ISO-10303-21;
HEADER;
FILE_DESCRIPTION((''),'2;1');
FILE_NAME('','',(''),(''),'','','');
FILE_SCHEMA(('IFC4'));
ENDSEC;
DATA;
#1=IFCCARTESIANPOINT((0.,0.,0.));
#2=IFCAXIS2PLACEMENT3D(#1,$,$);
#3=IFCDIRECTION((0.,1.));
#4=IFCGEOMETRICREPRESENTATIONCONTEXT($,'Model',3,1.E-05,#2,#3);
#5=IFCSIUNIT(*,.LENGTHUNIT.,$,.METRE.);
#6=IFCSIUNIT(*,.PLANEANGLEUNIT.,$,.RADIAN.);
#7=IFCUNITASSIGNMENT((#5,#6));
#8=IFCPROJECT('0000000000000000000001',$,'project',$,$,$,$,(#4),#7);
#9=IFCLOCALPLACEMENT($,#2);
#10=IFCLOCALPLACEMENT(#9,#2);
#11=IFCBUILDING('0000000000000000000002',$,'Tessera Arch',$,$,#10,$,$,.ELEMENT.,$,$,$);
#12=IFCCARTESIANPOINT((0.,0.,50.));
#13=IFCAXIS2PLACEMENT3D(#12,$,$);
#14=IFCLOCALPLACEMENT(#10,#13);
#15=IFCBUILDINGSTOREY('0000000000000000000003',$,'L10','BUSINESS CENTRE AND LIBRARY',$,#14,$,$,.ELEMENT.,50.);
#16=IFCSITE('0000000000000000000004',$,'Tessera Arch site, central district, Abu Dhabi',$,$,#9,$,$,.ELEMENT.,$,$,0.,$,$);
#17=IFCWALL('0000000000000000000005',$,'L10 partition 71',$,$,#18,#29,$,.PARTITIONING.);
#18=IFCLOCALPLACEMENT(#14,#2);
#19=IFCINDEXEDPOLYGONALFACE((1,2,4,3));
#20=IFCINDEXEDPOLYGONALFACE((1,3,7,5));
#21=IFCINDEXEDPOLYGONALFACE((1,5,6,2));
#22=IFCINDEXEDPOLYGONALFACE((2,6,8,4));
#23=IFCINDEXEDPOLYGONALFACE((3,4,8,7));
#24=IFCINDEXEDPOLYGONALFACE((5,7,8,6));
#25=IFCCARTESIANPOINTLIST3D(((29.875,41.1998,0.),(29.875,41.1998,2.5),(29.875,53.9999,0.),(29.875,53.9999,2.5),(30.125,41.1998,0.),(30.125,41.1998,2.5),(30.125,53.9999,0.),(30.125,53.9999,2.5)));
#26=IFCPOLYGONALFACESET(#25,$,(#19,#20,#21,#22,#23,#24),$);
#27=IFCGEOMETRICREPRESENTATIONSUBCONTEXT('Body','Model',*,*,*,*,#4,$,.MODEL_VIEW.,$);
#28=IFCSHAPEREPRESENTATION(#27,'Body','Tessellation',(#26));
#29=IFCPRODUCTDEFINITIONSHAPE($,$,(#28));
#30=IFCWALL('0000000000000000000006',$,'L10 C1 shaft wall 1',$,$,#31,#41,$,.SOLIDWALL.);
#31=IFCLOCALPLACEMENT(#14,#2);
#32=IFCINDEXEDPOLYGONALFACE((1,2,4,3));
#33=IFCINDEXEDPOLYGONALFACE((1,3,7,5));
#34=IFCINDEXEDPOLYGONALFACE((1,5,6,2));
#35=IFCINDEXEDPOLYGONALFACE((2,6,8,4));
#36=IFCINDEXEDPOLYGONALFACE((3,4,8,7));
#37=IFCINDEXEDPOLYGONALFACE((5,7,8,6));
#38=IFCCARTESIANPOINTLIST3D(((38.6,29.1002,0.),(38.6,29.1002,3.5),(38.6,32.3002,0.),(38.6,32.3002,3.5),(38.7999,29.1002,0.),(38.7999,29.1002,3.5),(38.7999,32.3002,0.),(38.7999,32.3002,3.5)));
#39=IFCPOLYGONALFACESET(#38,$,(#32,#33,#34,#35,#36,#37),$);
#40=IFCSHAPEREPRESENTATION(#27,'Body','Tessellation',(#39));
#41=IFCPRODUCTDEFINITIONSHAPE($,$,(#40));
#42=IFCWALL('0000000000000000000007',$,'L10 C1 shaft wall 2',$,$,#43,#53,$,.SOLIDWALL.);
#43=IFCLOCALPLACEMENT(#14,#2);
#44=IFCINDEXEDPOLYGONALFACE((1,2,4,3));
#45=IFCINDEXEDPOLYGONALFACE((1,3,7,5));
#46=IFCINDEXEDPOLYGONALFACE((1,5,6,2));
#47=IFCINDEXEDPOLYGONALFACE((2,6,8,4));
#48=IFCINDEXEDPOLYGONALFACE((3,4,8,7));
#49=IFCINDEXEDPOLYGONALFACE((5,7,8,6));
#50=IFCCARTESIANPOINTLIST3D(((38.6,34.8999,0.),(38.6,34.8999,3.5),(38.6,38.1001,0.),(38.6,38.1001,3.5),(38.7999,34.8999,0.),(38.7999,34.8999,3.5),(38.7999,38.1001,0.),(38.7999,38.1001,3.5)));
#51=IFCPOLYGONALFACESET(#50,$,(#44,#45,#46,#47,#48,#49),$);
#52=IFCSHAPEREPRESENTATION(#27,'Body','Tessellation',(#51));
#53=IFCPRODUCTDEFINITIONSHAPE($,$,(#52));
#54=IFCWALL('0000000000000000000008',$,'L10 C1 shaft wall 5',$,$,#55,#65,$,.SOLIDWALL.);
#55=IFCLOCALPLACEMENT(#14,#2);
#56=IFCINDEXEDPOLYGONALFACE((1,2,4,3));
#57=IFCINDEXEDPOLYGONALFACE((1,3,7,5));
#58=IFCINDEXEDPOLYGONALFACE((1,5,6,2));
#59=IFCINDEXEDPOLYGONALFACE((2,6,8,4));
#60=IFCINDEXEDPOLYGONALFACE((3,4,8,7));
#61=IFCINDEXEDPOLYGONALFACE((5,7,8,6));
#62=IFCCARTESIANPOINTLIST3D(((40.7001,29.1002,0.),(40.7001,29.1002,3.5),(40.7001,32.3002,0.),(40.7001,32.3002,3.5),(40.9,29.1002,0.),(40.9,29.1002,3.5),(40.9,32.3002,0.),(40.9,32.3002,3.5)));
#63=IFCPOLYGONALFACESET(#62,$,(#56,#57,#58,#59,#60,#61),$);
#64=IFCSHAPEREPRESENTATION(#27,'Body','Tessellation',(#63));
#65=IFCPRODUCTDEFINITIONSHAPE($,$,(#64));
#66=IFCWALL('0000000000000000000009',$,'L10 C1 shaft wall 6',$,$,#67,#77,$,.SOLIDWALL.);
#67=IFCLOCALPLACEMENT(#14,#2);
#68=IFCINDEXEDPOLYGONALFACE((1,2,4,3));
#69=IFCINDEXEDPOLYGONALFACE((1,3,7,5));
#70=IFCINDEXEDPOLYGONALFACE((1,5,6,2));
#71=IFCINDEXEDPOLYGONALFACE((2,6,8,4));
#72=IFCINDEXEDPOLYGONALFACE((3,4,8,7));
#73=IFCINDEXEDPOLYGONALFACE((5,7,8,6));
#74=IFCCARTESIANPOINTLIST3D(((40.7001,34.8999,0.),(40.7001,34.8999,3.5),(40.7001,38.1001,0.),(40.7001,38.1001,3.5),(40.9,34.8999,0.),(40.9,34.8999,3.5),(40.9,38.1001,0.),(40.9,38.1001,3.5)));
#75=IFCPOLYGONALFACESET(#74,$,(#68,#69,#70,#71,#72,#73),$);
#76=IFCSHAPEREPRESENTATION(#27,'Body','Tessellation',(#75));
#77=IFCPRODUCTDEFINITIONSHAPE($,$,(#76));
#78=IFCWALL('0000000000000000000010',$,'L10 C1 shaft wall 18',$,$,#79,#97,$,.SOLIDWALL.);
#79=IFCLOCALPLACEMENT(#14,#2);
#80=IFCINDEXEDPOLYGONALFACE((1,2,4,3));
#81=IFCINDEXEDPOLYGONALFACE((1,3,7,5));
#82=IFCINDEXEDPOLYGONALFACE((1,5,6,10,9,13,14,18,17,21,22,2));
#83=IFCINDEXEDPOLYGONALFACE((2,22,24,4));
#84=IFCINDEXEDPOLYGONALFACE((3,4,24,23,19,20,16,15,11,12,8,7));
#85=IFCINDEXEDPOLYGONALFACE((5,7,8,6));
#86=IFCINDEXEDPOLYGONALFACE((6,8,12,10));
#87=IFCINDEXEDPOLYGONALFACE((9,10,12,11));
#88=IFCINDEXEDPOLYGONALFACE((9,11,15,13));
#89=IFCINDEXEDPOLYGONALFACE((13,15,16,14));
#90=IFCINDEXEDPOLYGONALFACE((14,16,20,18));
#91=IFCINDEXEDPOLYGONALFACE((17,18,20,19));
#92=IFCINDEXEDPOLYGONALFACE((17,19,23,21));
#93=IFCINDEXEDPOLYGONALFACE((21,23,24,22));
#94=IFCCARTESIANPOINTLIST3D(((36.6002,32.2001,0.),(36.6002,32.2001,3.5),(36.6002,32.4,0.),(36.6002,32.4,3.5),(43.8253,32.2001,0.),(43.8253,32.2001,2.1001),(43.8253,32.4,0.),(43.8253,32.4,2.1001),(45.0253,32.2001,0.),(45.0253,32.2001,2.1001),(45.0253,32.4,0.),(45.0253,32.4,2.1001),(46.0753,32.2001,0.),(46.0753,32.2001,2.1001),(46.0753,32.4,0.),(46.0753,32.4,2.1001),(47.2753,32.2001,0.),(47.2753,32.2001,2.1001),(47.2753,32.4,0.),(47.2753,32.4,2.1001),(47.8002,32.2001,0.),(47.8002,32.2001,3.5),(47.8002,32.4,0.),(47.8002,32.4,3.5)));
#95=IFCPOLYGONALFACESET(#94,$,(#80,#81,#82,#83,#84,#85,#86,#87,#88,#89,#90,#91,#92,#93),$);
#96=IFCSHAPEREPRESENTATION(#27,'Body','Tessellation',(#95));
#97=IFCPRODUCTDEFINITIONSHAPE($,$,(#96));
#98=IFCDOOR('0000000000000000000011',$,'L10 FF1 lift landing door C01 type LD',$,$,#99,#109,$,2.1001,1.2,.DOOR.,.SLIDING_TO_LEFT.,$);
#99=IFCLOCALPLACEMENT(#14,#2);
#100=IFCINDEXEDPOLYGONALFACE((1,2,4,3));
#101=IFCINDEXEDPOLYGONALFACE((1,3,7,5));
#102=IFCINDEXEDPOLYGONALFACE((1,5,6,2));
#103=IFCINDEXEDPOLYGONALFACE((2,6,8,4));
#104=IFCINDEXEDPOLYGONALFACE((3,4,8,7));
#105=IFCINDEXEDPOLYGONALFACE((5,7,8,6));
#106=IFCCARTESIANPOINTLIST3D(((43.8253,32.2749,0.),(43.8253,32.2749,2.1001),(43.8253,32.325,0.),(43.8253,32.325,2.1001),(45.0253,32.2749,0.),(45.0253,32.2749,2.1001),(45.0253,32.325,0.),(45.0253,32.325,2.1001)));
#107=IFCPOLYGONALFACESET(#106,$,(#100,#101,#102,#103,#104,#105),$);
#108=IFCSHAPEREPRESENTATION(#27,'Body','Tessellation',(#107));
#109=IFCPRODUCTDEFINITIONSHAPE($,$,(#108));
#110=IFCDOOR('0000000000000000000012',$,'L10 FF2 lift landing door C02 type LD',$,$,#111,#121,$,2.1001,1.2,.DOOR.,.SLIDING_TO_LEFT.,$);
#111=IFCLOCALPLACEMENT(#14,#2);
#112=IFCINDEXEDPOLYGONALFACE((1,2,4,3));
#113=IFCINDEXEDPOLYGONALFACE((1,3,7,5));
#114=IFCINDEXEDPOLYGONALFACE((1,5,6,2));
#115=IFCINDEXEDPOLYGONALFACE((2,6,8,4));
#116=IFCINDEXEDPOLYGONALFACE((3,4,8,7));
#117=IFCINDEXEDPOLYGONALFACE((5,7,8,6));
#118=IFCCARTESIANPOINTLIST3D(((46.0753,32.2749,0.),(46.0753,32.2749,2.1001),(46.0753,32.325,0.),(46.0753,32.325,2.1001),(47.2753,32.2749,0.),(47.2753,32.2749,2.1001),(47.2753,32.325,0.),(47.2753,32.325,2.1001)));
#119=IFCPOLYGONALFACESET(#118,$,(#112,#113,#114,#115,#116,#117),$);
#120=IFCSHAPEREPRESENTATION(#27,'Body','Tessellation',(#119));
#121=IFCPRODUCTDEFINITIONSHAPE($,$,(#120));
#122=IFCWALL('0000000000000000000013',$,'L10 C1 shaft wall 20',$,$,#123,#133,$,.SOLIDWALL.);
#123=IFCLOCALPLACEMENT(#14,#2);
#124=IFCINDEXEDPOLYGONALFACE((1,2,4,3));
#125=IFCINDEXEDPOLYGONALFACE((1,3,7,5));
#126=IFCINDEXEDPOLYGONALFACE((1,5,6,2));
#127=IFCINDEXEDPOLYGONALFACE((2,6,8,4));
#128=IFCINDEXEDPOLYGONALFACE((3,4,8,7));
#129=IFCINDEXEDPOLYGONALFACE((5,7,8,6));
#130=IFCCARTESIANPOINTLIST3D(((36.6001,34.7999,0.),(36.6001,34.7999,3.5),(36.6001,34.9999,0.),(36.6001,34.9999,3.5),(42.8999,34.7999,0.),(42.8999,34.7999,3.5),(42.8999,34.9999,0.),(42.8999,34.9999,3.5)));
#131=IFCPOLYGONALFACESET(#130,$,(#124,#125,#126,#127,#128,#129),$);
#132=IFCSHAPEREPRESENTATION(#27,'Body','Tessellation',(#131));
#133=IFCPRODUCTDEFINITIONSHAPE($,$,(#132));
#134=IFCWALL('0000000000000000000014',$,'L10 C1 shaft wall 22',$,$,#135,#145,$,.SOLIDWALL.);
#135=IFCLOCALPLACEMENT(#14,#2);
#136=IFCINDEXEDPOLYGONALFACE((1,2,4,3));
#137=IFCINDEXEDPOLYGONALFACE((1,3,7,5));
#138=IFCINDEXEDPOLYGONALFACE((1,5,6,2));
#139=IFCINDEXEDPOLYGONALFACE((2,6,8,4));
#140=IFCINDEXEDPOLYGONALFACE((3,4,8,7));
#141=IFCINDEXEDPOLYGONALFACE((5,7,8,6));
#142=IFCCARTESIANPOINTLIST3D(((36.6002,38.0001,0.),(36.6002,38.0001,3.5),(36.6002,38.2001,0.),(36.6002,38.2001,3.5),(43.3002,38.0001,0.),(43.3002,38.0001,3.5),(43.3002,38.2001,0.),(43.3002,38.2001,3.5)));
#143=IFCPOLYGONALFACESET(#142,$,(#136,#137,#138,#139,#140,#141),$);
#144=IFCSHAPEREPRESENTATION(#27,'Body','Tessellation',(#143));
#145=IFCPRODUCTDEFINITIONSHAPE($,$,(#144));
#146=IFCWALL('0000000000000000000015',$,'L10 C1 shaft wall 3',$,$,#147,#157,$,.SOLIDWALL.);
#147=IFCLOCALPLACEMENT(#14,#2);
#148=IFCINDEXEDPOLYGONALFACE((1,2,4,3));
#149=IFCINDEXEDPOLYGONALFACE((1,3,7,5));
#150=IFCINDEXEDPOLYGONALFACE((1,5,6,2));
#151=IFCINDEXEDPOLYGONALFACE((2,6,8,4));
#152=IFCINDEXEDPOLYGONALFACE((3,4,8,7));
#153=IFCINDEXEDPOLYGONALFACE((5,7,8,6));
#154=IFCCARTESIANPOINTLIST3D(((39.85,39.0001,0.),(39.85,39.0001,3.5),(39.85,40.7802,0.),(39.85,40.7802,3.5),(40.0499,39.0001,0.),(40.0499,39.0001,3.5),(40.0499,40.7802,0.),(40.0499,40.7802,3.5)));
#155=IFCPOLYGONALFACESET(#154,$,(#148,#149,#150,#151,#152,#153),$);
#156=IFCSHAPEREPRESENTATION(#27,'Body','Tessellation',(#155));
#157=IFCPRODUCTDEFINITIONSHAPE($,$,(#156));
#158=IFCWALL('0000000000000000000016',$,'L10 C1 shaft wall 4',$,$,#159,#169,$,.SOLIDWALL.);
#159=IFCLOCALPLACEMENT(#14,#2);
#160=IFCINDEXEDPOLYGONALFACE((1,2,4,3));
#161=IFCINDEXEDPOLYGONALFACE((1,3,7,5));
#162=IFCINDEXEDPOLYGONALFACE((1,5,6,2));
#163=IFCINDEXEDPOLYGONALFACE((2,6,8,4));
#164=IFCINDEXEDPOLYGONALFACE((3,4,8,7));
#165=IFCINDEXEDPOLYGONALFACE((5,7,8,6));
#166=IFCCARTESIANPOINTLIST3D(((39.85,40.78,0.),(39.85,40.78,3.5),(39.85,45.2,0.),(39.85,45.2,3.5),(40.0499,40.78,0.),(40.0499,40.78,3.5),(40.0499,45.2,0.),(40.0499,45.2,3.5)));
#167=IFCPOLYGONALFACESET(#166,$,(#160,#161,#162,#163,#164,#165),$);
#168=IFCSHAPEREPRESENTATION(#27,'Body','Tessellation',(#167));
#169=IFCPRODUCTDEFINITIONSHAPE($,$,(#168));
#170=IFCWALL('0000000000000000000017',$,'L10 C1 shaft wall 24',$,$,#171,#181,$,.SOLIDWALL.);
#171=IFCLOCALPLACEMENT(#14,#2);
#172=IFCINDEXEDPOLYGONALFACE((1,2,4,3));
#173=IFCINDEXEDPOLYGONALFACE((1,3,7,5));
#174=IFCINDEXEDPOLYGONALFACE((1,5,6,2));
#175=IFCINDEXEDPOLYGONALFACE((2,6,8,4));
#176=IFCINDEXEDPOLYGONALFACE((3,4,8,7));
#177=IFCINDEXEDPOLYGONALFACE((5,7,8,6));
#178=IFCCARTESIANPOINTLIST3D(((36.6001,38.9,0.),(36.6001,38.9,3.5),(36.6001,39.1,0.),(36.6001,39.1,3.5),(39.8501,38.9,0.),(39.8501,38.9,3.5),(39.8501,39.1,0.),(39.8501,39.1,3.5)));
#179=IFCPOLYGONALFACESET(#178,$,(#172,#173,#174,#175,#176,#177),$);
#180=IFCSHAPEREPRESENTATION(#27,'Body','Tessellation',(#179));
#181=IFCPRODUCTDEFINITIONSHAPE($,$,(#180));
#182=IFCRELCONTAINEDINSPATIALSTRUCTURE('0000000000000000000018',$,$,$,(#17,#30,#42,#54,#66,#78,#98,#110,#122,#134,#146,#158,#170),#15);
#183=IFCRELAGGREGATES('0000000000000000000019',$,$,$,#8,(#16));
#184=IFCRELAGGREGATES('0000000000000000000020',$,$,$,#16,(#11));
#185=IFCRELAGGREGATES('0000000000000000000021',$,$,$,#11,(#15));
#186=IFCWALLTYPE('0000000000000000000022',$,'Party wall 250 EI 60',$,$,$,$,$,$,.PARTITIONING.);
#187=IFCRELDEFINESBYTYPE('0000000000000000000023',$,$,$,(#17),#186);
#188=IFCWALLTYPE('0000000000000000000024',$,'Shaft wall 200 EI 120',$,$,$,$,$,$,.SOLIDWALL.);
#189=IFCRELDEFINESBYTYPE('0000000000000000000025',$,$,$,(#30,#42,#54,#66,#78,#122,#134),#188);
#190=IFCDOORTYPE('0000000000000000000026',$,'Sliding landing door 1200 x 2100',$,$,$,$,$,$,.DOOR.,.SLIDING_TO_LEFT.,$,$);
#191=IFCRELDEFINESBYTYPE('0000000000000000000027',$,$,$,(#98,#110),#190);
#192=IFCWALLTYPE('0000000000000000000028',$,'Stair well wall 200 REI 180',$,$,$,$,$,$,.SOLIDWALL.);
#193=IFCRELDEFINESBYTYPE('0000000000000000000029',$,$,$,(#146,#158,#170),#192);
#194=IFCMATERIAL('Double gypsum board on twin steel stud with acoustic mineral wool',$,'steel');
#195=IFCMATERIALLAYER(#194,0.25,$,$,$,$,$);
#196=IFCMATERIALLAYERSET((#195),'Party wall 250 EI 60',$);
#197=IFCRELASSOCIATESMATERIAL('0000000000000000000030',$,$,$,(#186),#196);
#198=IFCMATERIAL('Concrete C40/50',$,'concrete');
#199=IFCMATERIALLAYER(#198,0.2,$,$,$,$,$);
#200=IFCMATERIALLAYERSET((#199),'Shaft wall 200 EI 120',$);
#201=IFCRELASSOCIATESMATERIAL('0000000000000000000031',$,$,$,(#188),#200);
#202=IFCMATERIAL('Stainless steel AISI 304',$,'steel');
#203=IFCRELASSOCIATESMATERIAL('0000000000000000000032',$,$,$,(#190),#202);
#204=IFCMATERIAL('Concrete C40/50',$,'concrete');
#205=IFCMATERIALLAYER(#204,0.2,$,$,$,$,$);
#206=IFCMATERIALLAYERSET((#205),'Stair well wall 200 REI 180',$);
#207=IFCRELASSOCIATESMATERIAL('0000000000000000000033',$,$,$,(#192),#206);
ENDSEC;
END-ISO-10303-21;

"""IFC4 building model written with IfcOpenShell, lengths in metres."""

from ifc_helpers import new_model, si_unit, direction, frame, frame_2d, origin, place, context, subcontext, project, spatial, rectangle, extrude, material, layer, layer_set, type_object, element, fill, save


model = new_model("IFC4")

# Units and contexts
model_context = context("Model", 3, precision=1e-05, world=origin(), true_north=direction((0.0, 1.0)))
body_context = subcontext(model_context, "Body", "Model", "MODEL_VIEW")
ifc_project = project(units=[si_unit("LENGTHUNIT", "METRE"), si_unit("PLANEANGLEUNIT", "RADIAN")], contexts=[model_context])

# Site, building, storey
site_placement = place(None, origin())
site = spatial("IfcSite", under=ifc_project, at=site_placement, Name="Tessera Arch site, central district, Abu Dhabi", CompositionType="ELEMENT", RefElevation=0.0)
building_placement = place(site_placement, origin())
building = spatial("IfcBuilding", under=site, at=building_placement, Name="Tessera Arch", CompositionType="ELEMENT")
storey_placement = place(building_placement, frame((0.0, 0.0, 50.0)))
storey = spatial("IfcBuildingStorey", under=building, at=storey_placement, Name="L10", Description="BUSINESS CENTRE AND LIBRARY", CompositionType="ELEMENT", Elevation=50.0)

# Walls
ifc_material_1 = material(Name="Double gypsum board on twin steel stud with acoustic mineral wool", Category="steel")
ifc_layer_1 = layer(ifc_material_1, 0.25)
ifc_layer_set_1 = layer_set([ifc_layer_1], Name="Party wall 250 EI 60")
wall_type_1 = type_object("IfcWallType", Name="Party wall 250 EI 60", PredefinedType="PARTITIONING", material=ifc_layer_set_1)
wall_1_placement = place(storey_placement, frame((30.0, 41.2, 0.0), z_axis=(0.0, 0.0, 1.0), x_axis=(0.0, 1.0, 0.0)))
element("IfcWall", 1, at=wall_1_placement, inside=storey, type_object=wall_type_1, Name="L10 partition 71", PredefinedType="PARTITIONING", context=body_context, shape_type="SweptSolid", body=[
    extrude(rectangle(XDim=12.8, YDim=0.25, at=frame_2d((6.3999, 0.0))), origin(), (0.0, 0.0, 1.0), 2.5),
])
ifc_material_2 = material(Name="Concrete C40/50", Category="concrete")
ifc_layer_2 = layer(ifc_material_2, 0.2)
ifc_layer_set_2 = layer_set([ifc_layer_2], Name="Shaft wall 200 EI 120")
wall_type_2 = type_object("IfcWallType", Name="Shaft wall 200 EI 120", PredefinedType="SOLIDWALL", material=ifc_layer_set_2)
wall_2_placement = place(storey_placement, frame((38.7, 29.1001, 0.0), z_axis=(0.0, 0.0, 1.0), x_axis=(0.0, 1.0, 0.0)))
element("IfcWall", 2, at=wall_2_placement, inside=storey, type_object=wall_type_2, Name="L10 C1 shaft wall 1", PredefinedType="SOLIDWALL", context=body_context, shape_type="SweptSolid", body=[
    extrude(rectangle(XDim=3.2, YDim=0.2, at=frame_2d((1.6001, 0.0))), origin(), (0.0, 0.0, 1.0), 3.5),
])
wall_3_placement = place(storey_placement, frame((38.7, 34.8999, 0.0), z_axis=(0.0, 0.0, 1.0), x_axis=(0.0, 1.0, 0.0)))
element("IfcWall", 3, at=wall_3_placement, inside=storey, type_object=wall_type_2, Name="L10 C1 shaft wall 2", PredefinedType="SOLIDWALL", context=body_context, shape_type="SweptSolid", body=[
    extrude(rectangle(XDim=3.2002, YDim=0.2, at=frame_2d((1.6001, 0.0))), origin(), (0.0, 0.0, 1.0), 3.5),
])
wall_4_placement = place(storey_placement, frame((40.8, 29.1001, 0.0), z_axis=(0.0, 0.0, 1.0), x_axis=(0.0, 1.0, 0.0)))
element("IfcWall", 4, at=wall_4_placement, inside=storey, type_object=wall_type_2, Name="L10 C1 shaft wall 5", PredefinedType="SOLIDWALL", context=body_context, shape_type="SweptSolid", body=[
    extrude(rectangle(XDim=3.2, YDim=0.2, at=frame_2d((1.6001, 0.0))), origin(), (0.0, 0.0, 1.0), 3.5),
])
wall_5_placement = place(storey_placement, frame((40.8, 34.8999, 0.0), z_axis=(0.0, 0.0, 1.0), x_axis=(0.0, 1.0, 0.0)))
element("IfcWall", 5, at=wall_5_placement, inside=storey, type_object=wall_type_2, Name="L10 C1 shaft wall 6", PredefinedType="SOLIDWALL", context=body_context, shape_type="SweptSolid", body=[
    extrude(rectangle(XDim=3.2002, YDim=0.2, at=frame_2d((1.6001, 0.0))), origin(), (0.0, 0.0, 1.0), 3.5),
])

# Wall, openings, doors
wall_6_placement = place(storey_placement, frame((36.6001, 32.3, 0.0), z_axis=(0.0, 0.0, 1.0), x_axis=(1.0, 0.0, 0.0)))
wall_6 = element("IfcWall", 6, at=wall_6_placement, inside=storey, type_object=wall_type_2, Name="L10 C1 shaft wall 18", PredefinedType="SOLIDWALL", context=body_context, shape_type="SweptSolid", body=[
    extrude(rectangle(XDim=11.2, YDim=0.2, at=frame_2d((5.6001, 0.0))), origin(), (0.0, 0.0, 1.0), 3.5),
])
opening_1_placement = place(wall_6_placement, frame((7.2251, 0.0, 0.0)))
opening_1 = element("IfcOpeningElement", 7, at=opening_1_placement, cuts=wall_6, PredefinedType="OPENING", context=body_context, shape_type="SweptSolid", body=[
    extrude(rectangle(XDim=1.2, YDim=2.1001, at=frame_2d((0.6001, 1.05))), frame((0.0, 0.1099, 0.0), z_axis=(0.0, -1.0, 0.0), x_axis=(1.0, 0.0, 0.0)), (0.0, 0.0, 1.0), 0.22),
])
opening_2_placement = place(wall_6_placement, frame((9.4751, 0.0, 0.0)))
opening_2 = element("IfcOpeningElement", 8, at=opening_2_placement, cuts=wall_6, PredefinedType="OPENING", context=body_context, shape_type="SweptSolid", body=[
    extrude(rectangle(XDim=1.2, YDim=2.1001, at=frame_2d((0.6001, 1.05))), frame((0.0, 0.1099, 0.0), z_axis=(0.0, -1.0, 0.0), x_axis=(1.0, 0.0, 0.0)), (0.0, 0.0, 1.0), 0.22),
])
ifc_material_3 = material(Name="Stainless steel AISI 304", Category="steel")
door_type_1 = type_object("IfcDoorType", Name="Sliding landing door 1200 x 2100", OperationType="SLIDING_TO_LEFT", PredefinedType="DOOR", material=ifc_material_3)
door_1_placement = place(opening_1_placement, origin())
door_1 = element("IfcDoor", 9, at=door_1_placement, inside=storey, type_object=door_type_1, Name="L10 FF1 lift landing door C01 type LD", OperationType="SLIDING_TO_LEFT", OverallHeight=2.1001, OverallWidth=1.2, PredefinedType="DOOR", context=body_context, shape_type="SweptSolid", body=[
    extrude(rectangle(XDim=1.2, YDim=2.1001, at=frame_2d((0.6001, 1.05))), frame((0.0, 0.0249, 0.0), z_axis=(0.0, -1.0, 0.0), x_axis=(1.0, 0.0, 0.0)), (0.0, 0.0, 1.0), 0.05),
])
fill(opening_1, door_1)
door_2_placement = place(opening_2_placement, origin())
door_2 = element("IfcDoor", 10, at=door_2_placement, inside=storey, type_object=door_type_1, Name="L10 FF2 lift landing door C02 type LD", OperationType="SLIDING_TO_LEFT", OverallHeight=2.1001, OverallWidth=1.2, PredefinedType="DOOR", context=body_context, shape_type="SweptSolid", body=[
    extrude(rectangle(XDim=1.2, YDim=2.1001, at=frame_2d((0.6001, 1.05))), frame((0.0, 0.0249, 0.0), z_axis=(0.0, -1.0, 0.0), x_axis=(1.0, 0.0, 0.0)), (0.0, 0.0, 1.0), 0.05),
])
fill(opening_2, door_2)

# Walls
wall_7_placement = place(storey_placement, frame((36.6001, 34.8999, 0.0), z_axis=(0.0, 0.0, 1.0), x_axis=(1.0, 0.0, 0.0)))
element("IfcWall", 11, at=wall_7_placement, inside=storey, type_object=wall_type_2, Name="L10 C1 shaft wall 20", PredefinedType="SOLIDWALL", context=body_context, shape_type="SweptSolid", body=[
    extrude(rectangle(XDim=6.2998, YDim=0.2, at=frame_2d((3.1499, 0.0))), origin(), (0.0, 0.0, 1.0), 3.5),
])
wall_8_placement = place(storey_placement, frame((36.6001, 38.1001, 0.0), z_axis=(0.0, 0.0, 1.0), x_axis=(1.0, 0.0, 0.0)))
element("IfcWall", 12, at=wall_8_placement, inside=storey, type_object=wall_type_2, Name="L10 C1 shaft wall 22", PredefinedType="SOLIDWALL", context=body_context, shape_type="SweptSolid", body=[
    extrude(rectangle(XDim=6.7, YDim=0.2, at=frame_2d((3.3501, 0.0))), origin(), (0.0, 0.0, 1.0), 3.5),
])
ifc_material_4 = material(Name="Concrete C40/50", Category="concrete")
ifc_layer_3 = layer(ifc_material_4, 0.2)
ifc_layer_set_3 = layer_set([ifc_layer_3], Name="Stair well wall 200 REI 180")
wall_type_3 = type_object("IfcWallType", Name="Stair well wall 200 REI 180", PredefinedType="SOLIDWALL", material=ifc_layer_set_3)
wall_9_placement = place(storey_placement, frame((39.95, 39.0, 0.0), z_axis=(0.0, 0.0, 1.0), x_axis=(0.0, 1.0, 0.0)))
element("IfcWall", 13, at=wall_9_placement, inside=storey, type_object=wall_type_3, Name="L10 C1 shaft wall 3", PredefinedType="SOLIDWALL", context=body_context, shape_type="SweptSolid", body=[
    extrude(rectangle(XDim=1.78, YDim=0.2, at=frame_2d((0.8901, 0.0))), origin(), (0.0, 0.0, 1.0), 3.5),
])
wall_10_placement = place(storey_placement, frame((39.95, 40.78, 0.0), z_axis=(0.0, 0.0, 1.0), x_axis=(0.0, 1.0, 0.0)))
element("IfcWall", 14, at=wall_10_placement, inside=storey, type_object=wall_type_3, Name="L10 C1 shaft wall 4", PredefinedType="SOLIDWALL", context=body_context, shape_type="SweptSolid", body=[
    extrude(rectangle(XDim=4.4199, YDim=0.2, at=frame_2d((2.21, 0.0))), origin(), (0.0, 0.0, 1.0), 3.5),
])
wall_11_placement = place(storey_placement, frame((36.6001, 39.0, 0.0), z_axis=(0.0, 0.0, 1.0), x_axis=(1.0, 0.0, 0.0)))
element("IfcWall", 15, at=wall_11_placement, inside=storey, type_object=wall_type_3, Name="L10 C1 shaft wall 24", PredefinedType="SOLIDWALL", context=body_context, shape_type="SweptSolid", body=[
    extrude(rectangle(XDim=3.25, YDim=0.2, at=frame_2d((1.625, 0.0))), origin(), (0.0, 0.0, 1.0), 3.5),
])

save(model, "model.ifc")
